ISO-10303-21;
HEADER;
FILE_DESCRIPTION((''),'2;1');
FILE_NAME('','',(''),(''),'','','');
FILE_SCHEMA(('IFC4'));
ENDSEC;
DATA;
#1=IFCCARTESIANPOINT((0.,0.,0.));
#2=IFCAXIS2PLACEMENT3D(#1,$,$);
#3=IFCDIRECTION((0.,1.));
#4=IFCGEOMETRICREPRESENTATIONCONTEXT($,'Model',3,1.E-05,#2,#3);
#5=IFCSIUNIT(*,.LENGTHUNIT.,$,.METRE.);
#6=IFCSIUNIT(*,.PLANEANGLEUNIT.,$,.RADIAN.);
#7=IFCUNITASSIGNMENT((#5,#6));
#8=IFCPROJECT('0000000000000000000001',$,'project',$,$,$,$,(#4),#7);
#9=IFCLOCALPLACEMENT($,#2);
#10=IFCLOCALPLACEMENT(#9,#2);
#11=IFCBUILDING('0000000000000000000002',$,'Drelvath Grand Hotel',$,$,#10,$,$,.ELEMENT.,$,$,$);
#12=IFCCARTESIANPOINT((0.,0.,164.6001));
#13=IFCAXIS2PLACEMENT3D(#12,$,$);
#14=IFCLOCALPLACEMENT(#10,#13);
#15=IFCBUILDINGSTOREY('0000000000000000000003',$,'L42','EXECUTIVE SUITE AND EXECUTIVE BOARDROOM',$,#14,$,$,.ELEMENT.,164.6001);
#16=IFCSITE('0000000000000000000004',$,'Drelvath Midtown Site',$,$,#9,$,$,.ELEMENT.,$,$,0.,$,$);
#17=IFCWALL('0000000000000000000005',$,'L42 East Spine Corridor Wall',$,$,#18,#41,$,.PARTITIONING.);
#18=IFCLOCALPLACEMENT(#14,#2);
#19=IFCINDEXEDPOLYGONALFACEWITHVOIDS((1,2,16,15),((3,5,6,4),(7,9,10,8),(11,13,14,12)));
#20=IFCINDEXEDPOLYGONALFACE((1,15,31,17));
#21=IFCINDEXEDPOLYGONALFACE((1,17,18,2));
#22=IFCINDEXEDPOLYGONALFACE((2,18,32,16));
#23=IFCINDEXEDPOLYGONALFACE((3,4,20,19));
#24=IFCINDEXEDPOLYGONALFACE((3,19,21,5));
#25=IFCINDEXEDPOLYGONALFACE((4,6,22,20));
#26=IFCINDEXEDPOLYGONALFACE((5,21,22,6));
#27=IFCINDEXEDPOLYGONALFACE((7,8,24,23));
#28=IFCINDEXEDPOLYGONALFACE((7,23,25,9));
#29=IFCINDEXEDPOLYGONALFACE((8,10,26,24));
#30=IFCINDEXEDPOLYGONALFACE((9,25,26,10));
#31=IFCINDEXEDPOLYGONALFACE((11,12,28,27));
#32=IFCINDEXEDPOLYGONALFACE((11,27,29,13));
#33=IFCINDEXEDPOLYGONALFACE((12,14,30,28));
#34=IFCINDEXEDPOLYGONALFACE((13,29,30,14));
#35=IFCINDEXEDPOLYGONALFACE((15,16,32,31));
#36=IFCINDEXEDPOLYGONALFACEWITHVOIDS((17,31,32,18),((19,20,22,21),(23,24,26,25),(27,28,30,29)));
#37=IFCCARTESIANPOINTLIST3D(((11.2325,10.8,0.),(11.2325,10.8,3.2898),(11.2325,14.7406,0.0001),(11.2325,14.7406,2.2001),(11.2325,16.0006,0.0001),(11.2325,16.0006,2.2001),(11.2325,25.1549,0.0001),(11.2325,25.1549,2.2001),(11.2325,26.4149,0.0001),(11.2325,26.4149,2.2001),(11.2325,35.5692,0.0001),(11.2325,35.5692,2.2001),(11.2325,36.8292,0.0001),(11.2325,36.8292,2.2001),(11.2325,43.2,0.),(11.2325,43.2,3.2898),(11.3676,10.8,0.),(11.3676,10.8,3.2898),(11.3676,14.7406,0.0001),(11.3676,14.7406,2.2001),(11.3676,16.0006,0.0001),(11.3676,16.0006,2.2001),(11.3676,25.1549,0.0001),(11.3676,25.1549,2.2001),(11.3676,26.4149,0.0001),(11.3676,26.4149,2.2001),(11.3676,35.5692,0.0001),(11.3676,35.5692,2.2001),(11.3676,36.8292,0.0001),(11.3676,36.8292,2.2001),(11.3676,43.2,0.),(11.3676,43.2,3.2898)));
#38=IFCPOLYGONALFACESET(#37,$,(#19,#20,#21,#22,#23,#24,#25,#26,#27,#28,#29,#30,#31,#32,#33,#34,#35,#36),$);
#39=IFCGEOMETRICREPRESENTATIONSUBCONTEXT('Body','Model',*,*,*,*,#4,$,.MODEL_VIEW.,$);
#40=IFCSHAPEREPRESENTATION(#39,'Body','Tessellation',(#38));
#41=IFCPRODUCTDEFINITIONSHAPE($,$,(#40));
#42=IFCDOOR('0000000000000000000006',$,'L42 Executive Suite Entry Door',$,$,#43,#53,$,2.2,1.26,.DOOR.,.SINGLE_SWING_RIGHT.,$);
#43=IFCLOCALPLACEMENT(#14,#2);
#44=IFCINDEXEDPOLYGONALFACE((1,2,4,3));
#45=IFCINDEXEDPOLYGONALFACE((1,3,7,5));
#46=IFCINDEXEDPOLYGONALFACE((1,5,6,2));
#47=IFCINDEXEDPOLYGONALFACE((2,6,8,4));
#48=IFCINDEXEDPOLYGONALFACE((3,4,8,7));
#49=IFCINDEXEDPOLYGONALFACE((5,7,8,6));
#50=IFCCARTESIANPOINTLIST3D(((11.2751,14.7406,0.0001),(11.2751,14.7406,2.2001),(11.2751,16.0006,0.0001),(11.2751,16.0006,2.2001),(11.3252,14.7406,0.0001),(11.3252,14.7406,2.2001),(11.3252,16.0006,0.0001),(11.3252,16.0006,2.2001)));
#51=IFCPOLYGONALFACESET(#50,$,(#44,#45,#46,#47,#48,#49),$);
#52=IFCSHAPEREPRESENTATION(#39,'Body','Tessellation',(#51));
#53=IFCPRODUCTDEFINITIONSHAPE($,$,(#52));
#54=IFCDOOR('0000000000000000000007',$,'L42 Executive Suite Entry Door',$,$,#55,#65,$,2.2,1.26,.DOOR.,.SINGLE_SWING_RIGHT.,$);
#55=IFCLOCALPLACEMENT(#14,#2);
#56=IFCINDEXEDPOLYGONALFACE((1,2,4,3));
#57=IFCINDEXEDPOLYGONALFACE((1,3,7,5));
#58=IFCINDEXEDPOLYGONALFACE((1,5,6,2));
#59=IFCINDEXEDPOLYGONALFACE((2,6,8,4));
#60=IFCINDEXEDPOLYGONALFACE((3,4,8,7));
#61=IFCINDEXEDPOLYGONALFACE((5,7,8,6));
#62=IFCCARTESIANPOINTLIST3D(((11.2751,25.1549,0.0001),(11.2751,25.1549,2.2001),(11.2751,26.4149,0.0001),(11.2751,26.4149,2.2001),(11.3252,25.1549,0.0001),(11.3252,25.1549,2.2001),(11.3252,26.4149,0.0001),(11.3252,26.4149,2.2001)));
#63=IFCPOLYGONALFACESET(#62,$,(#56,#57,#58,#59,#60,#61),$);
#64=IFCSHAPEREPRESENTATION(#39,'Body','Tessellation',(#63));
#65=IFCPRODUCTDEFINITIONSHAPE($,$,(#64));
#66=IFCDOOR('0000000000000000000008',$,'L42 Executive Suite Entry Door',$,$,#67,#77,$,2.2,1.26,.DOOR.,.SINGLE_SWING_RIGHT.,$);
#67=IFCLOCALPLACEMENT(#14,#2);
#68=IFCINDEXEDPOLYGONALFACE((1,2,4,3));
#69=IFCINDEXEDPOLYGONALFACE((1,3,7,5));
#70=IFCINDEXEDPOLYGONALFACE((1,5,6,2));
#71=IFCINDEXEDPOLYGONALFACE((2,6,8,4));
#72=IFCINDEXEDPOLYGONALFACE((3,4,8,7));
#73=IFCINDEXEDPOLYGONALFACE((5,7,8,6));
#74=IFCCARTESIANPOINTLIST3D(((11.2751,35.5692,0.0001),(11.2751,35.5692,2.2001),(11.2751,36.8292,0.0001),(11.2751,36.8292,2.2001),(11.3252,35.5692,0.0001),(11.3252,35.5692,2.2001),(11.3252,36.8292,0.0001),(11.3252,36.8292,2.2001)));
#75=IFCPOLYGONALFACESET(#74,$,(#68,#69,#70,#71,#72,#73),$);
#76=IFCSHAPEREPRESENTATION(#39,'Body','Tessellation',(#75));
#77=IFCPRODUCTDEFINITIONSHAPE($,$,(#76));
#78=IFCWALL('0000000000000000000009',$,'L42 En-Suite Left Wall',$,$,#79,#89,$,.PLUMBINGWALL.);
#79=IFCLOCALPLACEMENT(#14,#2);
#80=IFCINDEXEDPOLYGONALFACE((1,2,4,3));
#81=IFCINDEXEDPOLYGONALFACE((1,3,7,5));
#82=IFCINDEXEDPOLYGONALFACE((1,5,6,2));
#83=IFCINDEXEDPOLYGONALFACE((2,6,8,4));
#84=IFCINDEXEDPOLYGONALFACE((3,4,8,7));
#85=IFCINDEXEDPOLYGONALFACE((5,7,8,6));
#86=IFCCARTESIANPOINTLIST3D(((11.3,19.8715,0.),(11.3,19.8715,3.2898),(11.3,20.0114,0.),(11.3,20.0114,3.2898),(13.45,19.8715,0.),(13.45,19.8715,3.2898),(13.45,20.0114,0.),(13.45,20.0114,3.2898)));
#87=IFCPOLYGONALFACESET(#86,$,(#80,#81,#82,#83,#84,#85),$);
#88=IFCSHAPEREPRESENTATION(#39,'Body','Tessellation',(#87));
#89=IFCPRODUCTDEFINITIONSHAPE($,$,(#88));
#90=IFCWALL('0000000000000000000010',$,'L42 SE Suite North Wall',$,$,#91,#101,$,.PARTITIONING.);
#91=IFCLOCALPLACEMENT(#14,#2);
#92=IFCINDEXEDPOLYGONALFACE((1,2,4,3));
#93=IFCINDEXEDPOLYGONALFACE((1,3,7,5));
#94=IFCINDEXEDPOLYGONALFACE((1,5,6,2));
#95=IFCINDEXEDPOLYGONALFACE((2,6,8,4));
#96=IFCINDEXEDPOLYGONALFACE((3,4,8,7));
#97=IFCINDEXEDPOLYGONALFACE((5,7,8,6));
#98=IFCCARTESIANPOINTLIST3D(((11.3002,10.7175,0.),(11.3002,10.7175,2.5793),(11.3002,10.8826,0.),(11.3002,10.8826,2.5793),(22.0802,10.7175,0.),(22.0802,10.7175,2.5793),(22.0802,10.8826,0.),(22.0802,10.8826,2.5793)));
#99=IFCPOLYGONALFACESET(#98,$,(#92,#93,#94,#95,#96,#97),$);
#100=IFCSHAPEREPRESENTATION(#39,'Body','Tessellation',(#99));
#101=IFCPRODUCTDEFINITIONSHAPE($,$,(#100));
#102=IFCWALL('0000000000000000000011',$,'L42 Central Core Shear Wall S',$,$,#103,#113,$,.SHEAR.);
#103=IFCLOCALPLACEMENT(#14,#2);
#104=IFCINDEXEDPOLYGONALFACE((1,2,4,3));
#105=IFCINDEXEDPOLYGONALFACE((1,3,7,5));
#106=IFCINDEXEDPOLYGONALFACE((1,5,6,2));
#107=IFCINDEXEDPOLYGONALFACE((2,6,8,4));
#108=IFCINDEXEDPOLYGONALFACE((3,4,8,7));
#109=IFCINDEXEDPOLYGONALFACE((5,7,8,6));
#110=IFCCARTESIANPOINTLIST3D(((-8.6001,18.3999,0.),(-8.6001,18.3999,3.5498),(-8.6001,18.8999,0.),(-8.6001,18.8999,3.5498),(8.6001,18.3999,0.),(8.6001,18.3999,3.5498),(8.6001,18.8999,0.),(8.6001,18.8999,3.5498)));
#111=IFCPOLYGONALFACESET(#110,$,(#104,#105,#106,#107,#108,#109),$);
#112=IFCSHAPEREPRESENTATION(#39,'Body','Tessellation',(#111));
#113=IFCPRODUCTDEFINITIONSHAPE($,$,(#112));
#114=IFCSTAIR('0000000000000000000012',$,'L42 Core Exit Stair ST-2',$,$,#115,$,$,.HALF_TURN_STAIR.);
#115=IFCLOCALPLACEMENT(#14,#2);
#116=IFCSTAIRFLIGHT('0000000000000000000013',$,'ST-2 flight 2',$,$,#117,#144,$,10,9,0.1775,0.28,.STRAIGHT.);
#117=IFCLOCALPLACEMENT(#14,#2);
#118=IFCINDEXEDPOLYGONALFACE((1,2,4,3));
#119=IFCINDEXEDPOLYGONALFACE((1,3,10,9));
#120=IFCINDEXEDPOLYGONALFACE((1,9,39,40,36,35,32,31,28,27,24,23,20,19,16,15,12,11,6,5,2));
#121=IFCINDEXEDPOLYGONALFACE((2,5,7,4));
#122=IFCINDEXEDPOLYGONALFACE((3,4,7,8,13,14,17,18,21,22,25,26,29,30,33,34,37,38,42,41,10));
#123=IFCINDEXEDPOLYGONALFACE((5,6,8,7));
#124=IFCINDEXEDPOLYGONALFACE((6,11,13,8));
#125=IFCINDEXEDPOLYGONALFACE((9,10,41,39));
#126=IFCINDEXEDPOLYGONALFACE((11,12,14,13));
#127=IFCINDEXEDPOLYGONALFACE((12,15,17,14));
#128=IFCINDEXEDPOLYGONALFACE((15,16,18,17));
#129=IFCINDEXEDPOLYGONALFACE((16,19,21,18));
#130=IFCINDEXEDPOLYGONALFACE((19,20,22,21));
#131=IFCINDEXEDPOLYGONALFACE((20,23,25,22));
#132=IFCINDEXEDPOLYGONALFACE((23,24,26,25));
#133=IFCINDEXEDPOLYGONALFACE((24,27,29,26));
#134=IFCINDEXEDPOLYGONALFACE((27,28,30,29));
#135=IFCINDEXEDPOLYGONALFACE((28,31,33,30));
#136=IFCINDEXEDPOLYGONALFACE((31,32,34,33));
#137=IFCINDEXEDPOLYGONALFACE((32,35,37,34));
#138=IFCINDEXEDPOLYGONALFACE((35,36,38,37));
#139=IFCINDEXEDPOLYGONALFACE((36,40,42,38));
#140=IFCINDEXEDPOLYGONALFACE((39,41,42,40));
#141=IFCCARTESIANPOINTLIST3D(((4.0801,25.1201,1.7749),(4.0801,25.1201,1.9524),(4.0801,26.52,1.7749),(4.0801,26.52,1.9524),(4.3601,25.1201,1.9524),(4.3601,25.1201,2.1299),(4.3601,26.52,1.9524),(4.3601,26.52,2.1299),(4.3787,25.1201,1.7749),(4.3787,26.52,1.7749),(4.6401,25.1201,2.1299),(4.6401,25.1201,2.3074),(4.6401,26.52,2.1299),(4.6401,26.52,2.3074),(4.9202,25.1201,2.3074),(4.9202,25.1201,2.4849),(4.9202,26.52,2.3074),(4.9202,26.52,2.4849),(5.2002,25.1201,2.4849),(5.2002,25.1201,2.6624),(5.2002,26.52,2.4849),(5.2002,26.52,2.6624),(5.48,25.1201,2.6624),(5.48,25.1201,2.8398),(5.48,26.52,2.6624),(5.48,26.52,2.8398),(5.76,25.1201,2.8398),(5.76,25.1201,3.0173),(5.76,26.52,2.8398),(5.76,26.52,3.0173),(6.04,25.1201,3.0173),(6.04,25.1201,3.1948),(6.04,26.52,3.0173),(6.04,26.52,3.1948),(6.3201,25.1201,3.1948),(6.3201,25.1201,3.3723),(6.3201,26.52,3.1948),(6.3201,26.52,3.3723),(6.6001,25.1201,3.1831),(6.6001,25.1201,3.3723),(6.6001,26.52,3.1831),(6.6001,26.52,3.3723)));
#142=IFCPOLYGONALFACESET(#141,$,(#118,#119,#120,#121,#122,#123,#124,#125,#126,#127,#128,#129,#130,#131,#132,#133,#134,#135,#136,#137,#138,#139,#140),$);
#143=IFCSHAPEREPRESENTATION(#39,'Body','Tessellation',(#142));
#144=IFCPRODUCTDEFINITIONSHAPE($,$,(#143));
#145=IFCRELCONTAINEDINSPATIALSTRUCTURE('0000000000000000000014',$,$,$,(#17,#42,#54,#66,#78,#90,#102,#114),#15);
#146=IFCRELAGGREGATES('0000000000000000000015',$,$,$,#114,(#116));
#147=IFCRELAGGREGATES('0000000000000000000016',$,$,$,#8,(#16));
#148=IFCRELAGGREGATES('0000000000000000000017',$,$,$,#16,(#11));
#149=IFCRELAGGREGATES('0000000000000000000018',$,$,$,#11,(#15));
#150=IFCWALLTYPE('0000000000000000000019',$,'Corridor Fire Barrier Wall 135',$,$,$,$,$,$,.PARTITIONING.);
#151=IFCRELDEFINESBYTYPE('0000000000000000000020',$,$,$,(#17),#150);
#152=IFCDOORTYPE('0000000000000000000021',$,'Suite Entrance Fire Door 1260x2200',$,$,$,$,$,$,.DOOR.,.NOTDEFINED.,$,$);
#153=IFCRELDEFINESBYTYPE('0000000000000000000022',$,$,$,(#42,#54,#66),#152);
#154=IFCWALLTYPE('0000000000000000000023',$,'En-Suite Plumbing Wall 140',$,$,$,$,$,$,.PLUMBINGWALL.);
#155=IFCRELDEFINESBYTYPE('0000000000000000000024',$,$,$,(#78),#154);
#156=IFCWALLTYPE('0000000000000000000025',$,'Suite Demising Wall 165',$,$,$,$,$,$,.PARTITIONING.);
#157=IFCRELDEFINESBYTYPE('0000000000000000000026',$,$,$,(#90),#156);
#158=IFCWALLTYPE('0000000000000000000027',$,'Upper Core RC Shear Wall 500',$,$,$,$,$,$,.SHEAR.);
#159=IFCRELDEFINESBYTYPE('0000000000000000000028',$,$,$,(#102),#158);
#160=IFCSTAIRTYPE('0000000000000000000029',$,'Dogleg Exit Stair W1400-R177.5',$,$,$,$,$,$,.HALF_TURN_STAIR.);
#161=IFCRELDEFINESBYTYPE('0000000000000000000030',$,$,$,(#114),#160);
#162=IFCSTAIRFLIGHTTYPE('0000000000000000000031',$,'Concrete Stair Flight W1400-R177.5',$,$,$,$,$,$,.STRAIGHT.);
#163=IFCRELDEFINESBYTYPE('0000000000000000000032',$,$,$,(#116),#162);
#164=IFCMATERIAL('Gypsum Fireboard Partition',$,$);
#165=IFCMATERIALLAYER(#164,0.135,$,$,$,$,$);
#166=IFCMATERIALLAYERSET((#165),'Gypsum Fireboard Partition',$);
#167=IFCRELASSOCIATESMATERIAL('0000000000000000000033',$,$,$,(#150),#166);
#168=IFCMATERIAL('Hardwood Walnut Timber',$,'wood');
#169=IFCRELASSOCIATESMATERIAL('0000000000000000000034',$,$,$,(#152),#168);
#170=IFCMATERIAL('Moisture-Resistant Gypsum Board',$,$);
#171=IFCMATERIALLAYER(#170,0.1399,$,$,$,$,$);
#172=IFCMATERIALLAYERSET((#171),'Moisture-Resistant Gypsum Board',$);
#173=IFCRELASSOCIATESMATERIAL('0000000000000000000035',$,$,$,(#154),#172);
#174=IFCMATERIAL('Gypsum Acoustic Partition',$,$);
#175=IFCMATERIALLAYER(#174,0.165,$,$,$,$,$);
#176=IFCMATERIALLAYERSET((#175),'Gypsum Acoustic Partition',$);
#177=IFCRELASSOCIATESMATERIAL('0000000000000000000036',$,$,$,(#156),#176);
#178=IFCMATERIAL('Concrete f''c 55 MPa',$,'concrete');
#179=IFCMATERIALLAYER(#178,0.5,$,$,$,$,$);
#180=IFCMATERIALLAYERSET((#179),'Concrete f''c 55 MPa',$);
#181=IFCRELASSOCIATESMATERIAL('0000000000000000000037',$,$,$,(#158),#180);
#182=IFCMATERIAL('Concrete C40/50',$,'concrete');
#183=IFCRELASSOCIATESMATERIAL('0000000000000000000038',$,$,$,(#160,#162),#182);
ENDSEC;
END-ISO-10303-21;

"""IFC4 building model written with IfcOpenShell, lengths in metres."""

from ifc_helpers import new_model, si_unit, direction, frame, frame_2d, origin, place, context, subcontext, project, spatial, polyline, rectangle, outline, extrude, material, layer, layer_set, type_object, element, fill, aggregate, save


model = new_model("IFC4")

# Units and contexts
model_context = context("Model", 3, precision=1e-05, world=origin(), true_north=direction((0.0, 1.0)))
body_context = subcontext(model_context, "Body", "Model", "MODEL_VIEW")
ifc_project = project(units=[si_unit("LENGTHUNIT", "METRE"), si_unit("PLANEANGLEUNIT", "RADIAN")], contexts=[model_context])

# Site, building, storey
site_placement = place(None, origin())
site = spatial("IfcSite", under=ifc_project, at=site_placement, Name="Drelvath Midtown Site", CompositionType="ELEMENT", RefElevation=0.0)
building_placement = place(site_placement, origin())
building = spatial("IfcBuilding", under=site, at=building_placement, Name="Drelvath Grand Hotel", CompositionType="ELEMENT")
storey_placement = place(building_placement, frame((0.0, 0.0, 164.6001)))
storey = spatial("IfcBuildingStorey", under=building, at=storey_placement, Name="L42", Description="EXECUTIVE SUITE AND EXECUTIVE BOARDROOM", CompositionType="ELEMENT", Elevation=164.6001)

# Shared definitions
ifc_material_1 = material(Name="Concrete f'c 55 MPa", Category="concrete")

# Shared definitions
ifc_material_2 = material(Name="Concrete C40/50", Category="concrete")

# Shared definitions
ifc_material_3 = material(Name="Gypsum Fireboard Partition")
ifc_layer_1 = layer(ifc_material_3, 0.135)
ifc_layer_set_1 = layer_set([ifc_layer_1], Name="Gypsum Fireboard Partition")
wall_type_1 = type_object("IfcWallType", Name="Corridor Fire Barrier Wall 135", PredefinedType="PARTITIONING", material=ifc_layer_set_1)

# Wall, openings, doors
wall_1_placement = place(storey_placement, frame((11.3, 10.8, 0.0), z_axis=(0.0, 0.0, 1.0), x_axis=(0.0, 1.0, 0.0)))
wall_1 = element("IfcWall", 1, at=wall_1_placement, inside=storey, type_object=wall_type_1, Name="L42 East Spine Corridor Wall", PredefinedType="PARTITIONING", context=body_context, shape_type="SweptSolid", body=[
    extrude(rectangle(XDim=32.3999, YDim=0.135, at=frame_2d((16.2, 0.0))), origin(), (0.0, 0.0, 1.0), 3.2898),
])
opening_1_placement = place(wall_1_placement, frame((3.9407, 0.0, 0.0)))
opening_1 = element("IfcOpeningElement", 2, at=opening_1_placement, cuts=wall_1, PredefinedType="OPENING", context=body_context, shape_type="SweptSolid", body=[
    extrude(rectangle(XDim=1.26, YDim=2.2, at=frame_2d((0.6299, 1.1001))), frame((0.0, 0.0774, 0.0), z_axis=(0.0, -1.0, 0.0), x_axis=(1.0, 0.0, 0.0)), (0.0, 0.0, 1.0), 0.155),
])
opening_2_placement = place(wall_1_placement, frame((14.355, 0.0, 0.0)))
opening_2 = element("IfcOpeningElement", 3, at=opening_2_placement, cuts=wall_1, PredefinedType="OPENING", context=body_context, shape_type="SweptSolid", body=[
    extrude(rectangle(XDim=1.26, YDim=2.2, at=frame_2d((0.6299, 1.1001))), frame((0.0, 0.0774, 0.0), z_axis=(0.0, -1.0, 0.0), x_axis=(1.0, 0.0, 0.0)), (0.0, 0.0, 1.0), 0.155),
])
opening_3_placement = place(wall_1_placement, frame((24.7693, 0.0, 0.0)))
opening_3 = element("IfcOpeningElement", 4, at=opening_3_placement, cuts=wall_1, PredefinedType="OPENING", context=body_context, shape_type="SweptSolid", body=[
    extrude(rectangle(XDim=1.26, YDim=2.2, at=frame_2d((0.6299, 1.1001))), frame((0.0, 0.0774, 0.0), z_axis=(0.0, -1.0, 0.0), x_axis=(1.0, 0.0, 0.0)), (0.0, 0.0, 1.0), 0.155),
])
ifc_material_4 = material(Name="Hardwood Walnut Timber", Category="wood")
door_type_1 = type_object("IfcDoorType", Name="Suite Entrance Fire Door 1260x2200", OperationType="NOTDEFINED", PredefinedType="DOOR", material=ifc_material_4)
door_1_placement = place(opening_1_placement, origin())
door_1 = element("IfcDoor", 5, at=door_1_placement, inside=storey, type_object=door_type_1, Name="L42 Executive Suite Entry Door", OperationType="SINGLE_SWING_RIGHT", OverallHeight=2.2, OverallWidth=1.26, PredefinedType="DOOR", context=body_context, shape_type="SweptSolid", body=[
    extrude(rectangle(XDim=1.26, YDim=2.2, at=frame_2d((0.6299, 1.1001))), frame((0.0, 0.0249, 0.0), z_axis=(0.0, -1.0, 0.0), x_axis=(1.0, 0.0, 0.0)), (0.0, 0.0, 1.0), 0.05),
])
fill(opening_1, door_1)
door_2_placement = place(opening_2_placement, origin())
door_2 = element("IfcDoor", 6, at=door_2_placement, inside=storey, type_object=door_type_1, Name="L42 Executive Suite Entry Door", OperationType="SINGLE_SWING_RIGHT", OverallHeight=2.2, OverallWidth=1.26, PredefinedType="DOOR", context=body_context, shape_type="SweptSolid", body=[
    extrude(rectangle(XDim=1.26, YDim=2.2, at=frame_2d((0.6299, 1.1001))), frame((0.0, 0.0249, 0.0), z_axis=(0.0, -1.0, 0.0), x_axis=(1.0, 0.0, 0.0)), (0.0, 0.0, 1.0), 0.05),
])
fill(opening_2, door_2)
door_3_placement = place(opening_3_placement, origin())
door_3 = element("IfcDoor", 7, at=door_3_placement, inside=storey, type_object=door_type_1, Name="L42 Executive Suite Entry Door", OperationType="SINGLE_SWING_RIGHT", OverallHeight=2.2, OverallWidth=1.26, PredefinedType="DOOR", context=body_context, shape_type="SweptSolid", body=[
    extrude(rectangle(XDim=1.26, YDim=2.2, at=frame_2d((0.6299, 1.1001))), frame((0.0, 0.0249, 0.0), z_axis=(0.0, -1.0, 0.0), x_axis=(1.0, 0.0, 0.0)), (0.0, 0.0, 1.0), 0.05),
])
fill(opening_3, door_3)

# Walls
ifc_material_5 = material(Name="Moisture-Resistant Gypsum Board")
ifc_layer_2 = layer(ifc_material_5, 0.1399)
ifc_layer_set_2 = layer_set([ifc_layer_2], Name="Moisture-Resistant Gypsum Board")
wall_type_2 = type_object("IfcWallType", Name="En-Suite Plumbing Wall 140", PredefinedType="PLUMBINGWALL", material=ifc_layer_set_2)
wall_2_placement = place(storey_placement, frame((11.3, 19.9414, 0.0), z_axis=(0.0, 0.0, 1.0), x_axis=(1.0, 0.0, 0.0)))
element("IfcWall", 8, at=wall_2_placement, inside=storey, type_object=wall_type_2, Name="L42 En-Suite Left Wall", PredefinedType="PLUMBINGWALL", context=body_context, shape_type="SweptSolid", body=[
    extrude(rectangle(XDim=2.1499, YDim=0.1399, at=frame_2d((1.075, 0.0))), origin(), (0.0, 0.0, 1.0), 3.2898),
])
ifc_material_6 = material(Name="Gypsum Acoustic Partition")
ifc_layer_3 = layer(ifc_material_6, 0.165)
ifc_layer_set_3 = layer_set([ifc_layer_3], Name="Gypsum Acoustic Partition")
wall_type_3 = type_object("IfcWallType", Name="Suite Demising Wall 165", PredefinedType="PARTITIONING", material=ifc_layer_set_3)
wall_3_placement = place(storey_placement, frame((11.3, 10.8, 0.0), z_axis=(0.0, 0.0, 1.0), x_axis=(1.0, 0.0, 0.0)))
element("IfcWall", 9, at=wall_3_placement, inside=storey, type_object=wall_type_3, Name="L42 SE Suite North Wall", PredefinedType="PARTITIONING", context=body_context, shape_type="SweptSolid", body=[
    extrude(rectangle(XDim=10.78, YDim=0.165, at=frame_2d((5.3901, 0.0))), origin(), (0.0, 0.0, 1.0), 2.5793),
])
ifc_layer_4 = layer(ifc_material_1, 0.5)
ifc_layer_set_4 = layer_set([ifc_layer_4], Name="Concrete f'c 55 MPa")
wall_type_4 = type_object("IfcWallType", Name="Upper Core RC Shear Wall 500", PredefinedType="SHEAR", material=ifc_layer_set_4)
wall_4_placement = place(storey_placement, frame((8.6001, 18.6499, 0.0), z_axis=(0.0, 0.0, 1.0), x_axis=(-1.0, 0.0, 0.0)))
element("IfcWall", 10, at=wall_4_placement, inside=storey, type_object=wall_type_4, Name="L42 Central Core Shear Wall S", PredefinedType="SHEAR", context=body_context, shape_type="SweptSolid", body=[
    extrude(rectangle(XDim=17.2002, YDim=0.5, at=frame_2d((8.6001, 0.0))), origin(), (0.0, 0.0, 1.0), 3.5498),
])

# Stair, stair flight
stair_type = type_object("IfcStairType", Name="Dogleg Exit Stair W1400-R177.5", PredefinedType="HALF_TURN_STAIR", material=ifc_material_2)
stair_placement = place(storey_placement, origin())
stair = element("IfcStair", 11, at=stair_placement, inside=storey, type_object=stair_type, Name="L42 Core Exit Stair ST-2", PredefinedType="HALF_TURN_STAIR")
stair_flight_type = type_object("IfcStairFlightType", Name="Concrete Stair Flight W1400-R177.5", PredefinedType="STRAIGHT", material=ifc_material_2)
stair_flight_placement = place(storey_placement, frame((4.0801, 25.8201, 1.7749), z_axis=(0.0, 0.0, 1.0), x_axis=(1.0, 0.0, 0.0)))
stair_flight = element("IfcStairFlight", 12, at=stair_flight_placement, type_object=stair_flight_type, Name="ST-2 flight 2", NumberOfRisers=10, NumberOfTreads=9, PredefinedType="STRAIGHT", RiserHeight=0.1775, TreadLength=0.28, context=body_context, shape_type="SweptSolid", body=[
    extrude(outline(polyline([(0.0, 0.0), (0.0, 0.1775), (0.28, 0.1775), (0.28, 0.355), (0.5601, 0.355), (0.5601, 0.5325), (0.8401, 0.5325), (0.8401, 0.71), (1.1201, 0.71), (1.1201, 0.8875), (1.3999, 0.8875), (1.3999, 1.0649), (1.6799, 1.0649), (1.6799, 1.2424), (1.96, 1.2424), (1.96, 1.4199), (2.24, 1.4199), (2.24, 1.5974), (2.52, 1.5974), (2.52, 1.7749), (2.52, 1.4082), (0.2986, 0.0), (0.0, 0.0)])), frame((0.0, 0.7, 0.0), z_axis=(0.0, -1.0, 0.0), x_axis=(1.0, 0.0, 0.0)), (0.0, 0.0, 1.0), 1.3999),
])
aggregate(stair, [stair_flight])

save(model, "model.ifc")
